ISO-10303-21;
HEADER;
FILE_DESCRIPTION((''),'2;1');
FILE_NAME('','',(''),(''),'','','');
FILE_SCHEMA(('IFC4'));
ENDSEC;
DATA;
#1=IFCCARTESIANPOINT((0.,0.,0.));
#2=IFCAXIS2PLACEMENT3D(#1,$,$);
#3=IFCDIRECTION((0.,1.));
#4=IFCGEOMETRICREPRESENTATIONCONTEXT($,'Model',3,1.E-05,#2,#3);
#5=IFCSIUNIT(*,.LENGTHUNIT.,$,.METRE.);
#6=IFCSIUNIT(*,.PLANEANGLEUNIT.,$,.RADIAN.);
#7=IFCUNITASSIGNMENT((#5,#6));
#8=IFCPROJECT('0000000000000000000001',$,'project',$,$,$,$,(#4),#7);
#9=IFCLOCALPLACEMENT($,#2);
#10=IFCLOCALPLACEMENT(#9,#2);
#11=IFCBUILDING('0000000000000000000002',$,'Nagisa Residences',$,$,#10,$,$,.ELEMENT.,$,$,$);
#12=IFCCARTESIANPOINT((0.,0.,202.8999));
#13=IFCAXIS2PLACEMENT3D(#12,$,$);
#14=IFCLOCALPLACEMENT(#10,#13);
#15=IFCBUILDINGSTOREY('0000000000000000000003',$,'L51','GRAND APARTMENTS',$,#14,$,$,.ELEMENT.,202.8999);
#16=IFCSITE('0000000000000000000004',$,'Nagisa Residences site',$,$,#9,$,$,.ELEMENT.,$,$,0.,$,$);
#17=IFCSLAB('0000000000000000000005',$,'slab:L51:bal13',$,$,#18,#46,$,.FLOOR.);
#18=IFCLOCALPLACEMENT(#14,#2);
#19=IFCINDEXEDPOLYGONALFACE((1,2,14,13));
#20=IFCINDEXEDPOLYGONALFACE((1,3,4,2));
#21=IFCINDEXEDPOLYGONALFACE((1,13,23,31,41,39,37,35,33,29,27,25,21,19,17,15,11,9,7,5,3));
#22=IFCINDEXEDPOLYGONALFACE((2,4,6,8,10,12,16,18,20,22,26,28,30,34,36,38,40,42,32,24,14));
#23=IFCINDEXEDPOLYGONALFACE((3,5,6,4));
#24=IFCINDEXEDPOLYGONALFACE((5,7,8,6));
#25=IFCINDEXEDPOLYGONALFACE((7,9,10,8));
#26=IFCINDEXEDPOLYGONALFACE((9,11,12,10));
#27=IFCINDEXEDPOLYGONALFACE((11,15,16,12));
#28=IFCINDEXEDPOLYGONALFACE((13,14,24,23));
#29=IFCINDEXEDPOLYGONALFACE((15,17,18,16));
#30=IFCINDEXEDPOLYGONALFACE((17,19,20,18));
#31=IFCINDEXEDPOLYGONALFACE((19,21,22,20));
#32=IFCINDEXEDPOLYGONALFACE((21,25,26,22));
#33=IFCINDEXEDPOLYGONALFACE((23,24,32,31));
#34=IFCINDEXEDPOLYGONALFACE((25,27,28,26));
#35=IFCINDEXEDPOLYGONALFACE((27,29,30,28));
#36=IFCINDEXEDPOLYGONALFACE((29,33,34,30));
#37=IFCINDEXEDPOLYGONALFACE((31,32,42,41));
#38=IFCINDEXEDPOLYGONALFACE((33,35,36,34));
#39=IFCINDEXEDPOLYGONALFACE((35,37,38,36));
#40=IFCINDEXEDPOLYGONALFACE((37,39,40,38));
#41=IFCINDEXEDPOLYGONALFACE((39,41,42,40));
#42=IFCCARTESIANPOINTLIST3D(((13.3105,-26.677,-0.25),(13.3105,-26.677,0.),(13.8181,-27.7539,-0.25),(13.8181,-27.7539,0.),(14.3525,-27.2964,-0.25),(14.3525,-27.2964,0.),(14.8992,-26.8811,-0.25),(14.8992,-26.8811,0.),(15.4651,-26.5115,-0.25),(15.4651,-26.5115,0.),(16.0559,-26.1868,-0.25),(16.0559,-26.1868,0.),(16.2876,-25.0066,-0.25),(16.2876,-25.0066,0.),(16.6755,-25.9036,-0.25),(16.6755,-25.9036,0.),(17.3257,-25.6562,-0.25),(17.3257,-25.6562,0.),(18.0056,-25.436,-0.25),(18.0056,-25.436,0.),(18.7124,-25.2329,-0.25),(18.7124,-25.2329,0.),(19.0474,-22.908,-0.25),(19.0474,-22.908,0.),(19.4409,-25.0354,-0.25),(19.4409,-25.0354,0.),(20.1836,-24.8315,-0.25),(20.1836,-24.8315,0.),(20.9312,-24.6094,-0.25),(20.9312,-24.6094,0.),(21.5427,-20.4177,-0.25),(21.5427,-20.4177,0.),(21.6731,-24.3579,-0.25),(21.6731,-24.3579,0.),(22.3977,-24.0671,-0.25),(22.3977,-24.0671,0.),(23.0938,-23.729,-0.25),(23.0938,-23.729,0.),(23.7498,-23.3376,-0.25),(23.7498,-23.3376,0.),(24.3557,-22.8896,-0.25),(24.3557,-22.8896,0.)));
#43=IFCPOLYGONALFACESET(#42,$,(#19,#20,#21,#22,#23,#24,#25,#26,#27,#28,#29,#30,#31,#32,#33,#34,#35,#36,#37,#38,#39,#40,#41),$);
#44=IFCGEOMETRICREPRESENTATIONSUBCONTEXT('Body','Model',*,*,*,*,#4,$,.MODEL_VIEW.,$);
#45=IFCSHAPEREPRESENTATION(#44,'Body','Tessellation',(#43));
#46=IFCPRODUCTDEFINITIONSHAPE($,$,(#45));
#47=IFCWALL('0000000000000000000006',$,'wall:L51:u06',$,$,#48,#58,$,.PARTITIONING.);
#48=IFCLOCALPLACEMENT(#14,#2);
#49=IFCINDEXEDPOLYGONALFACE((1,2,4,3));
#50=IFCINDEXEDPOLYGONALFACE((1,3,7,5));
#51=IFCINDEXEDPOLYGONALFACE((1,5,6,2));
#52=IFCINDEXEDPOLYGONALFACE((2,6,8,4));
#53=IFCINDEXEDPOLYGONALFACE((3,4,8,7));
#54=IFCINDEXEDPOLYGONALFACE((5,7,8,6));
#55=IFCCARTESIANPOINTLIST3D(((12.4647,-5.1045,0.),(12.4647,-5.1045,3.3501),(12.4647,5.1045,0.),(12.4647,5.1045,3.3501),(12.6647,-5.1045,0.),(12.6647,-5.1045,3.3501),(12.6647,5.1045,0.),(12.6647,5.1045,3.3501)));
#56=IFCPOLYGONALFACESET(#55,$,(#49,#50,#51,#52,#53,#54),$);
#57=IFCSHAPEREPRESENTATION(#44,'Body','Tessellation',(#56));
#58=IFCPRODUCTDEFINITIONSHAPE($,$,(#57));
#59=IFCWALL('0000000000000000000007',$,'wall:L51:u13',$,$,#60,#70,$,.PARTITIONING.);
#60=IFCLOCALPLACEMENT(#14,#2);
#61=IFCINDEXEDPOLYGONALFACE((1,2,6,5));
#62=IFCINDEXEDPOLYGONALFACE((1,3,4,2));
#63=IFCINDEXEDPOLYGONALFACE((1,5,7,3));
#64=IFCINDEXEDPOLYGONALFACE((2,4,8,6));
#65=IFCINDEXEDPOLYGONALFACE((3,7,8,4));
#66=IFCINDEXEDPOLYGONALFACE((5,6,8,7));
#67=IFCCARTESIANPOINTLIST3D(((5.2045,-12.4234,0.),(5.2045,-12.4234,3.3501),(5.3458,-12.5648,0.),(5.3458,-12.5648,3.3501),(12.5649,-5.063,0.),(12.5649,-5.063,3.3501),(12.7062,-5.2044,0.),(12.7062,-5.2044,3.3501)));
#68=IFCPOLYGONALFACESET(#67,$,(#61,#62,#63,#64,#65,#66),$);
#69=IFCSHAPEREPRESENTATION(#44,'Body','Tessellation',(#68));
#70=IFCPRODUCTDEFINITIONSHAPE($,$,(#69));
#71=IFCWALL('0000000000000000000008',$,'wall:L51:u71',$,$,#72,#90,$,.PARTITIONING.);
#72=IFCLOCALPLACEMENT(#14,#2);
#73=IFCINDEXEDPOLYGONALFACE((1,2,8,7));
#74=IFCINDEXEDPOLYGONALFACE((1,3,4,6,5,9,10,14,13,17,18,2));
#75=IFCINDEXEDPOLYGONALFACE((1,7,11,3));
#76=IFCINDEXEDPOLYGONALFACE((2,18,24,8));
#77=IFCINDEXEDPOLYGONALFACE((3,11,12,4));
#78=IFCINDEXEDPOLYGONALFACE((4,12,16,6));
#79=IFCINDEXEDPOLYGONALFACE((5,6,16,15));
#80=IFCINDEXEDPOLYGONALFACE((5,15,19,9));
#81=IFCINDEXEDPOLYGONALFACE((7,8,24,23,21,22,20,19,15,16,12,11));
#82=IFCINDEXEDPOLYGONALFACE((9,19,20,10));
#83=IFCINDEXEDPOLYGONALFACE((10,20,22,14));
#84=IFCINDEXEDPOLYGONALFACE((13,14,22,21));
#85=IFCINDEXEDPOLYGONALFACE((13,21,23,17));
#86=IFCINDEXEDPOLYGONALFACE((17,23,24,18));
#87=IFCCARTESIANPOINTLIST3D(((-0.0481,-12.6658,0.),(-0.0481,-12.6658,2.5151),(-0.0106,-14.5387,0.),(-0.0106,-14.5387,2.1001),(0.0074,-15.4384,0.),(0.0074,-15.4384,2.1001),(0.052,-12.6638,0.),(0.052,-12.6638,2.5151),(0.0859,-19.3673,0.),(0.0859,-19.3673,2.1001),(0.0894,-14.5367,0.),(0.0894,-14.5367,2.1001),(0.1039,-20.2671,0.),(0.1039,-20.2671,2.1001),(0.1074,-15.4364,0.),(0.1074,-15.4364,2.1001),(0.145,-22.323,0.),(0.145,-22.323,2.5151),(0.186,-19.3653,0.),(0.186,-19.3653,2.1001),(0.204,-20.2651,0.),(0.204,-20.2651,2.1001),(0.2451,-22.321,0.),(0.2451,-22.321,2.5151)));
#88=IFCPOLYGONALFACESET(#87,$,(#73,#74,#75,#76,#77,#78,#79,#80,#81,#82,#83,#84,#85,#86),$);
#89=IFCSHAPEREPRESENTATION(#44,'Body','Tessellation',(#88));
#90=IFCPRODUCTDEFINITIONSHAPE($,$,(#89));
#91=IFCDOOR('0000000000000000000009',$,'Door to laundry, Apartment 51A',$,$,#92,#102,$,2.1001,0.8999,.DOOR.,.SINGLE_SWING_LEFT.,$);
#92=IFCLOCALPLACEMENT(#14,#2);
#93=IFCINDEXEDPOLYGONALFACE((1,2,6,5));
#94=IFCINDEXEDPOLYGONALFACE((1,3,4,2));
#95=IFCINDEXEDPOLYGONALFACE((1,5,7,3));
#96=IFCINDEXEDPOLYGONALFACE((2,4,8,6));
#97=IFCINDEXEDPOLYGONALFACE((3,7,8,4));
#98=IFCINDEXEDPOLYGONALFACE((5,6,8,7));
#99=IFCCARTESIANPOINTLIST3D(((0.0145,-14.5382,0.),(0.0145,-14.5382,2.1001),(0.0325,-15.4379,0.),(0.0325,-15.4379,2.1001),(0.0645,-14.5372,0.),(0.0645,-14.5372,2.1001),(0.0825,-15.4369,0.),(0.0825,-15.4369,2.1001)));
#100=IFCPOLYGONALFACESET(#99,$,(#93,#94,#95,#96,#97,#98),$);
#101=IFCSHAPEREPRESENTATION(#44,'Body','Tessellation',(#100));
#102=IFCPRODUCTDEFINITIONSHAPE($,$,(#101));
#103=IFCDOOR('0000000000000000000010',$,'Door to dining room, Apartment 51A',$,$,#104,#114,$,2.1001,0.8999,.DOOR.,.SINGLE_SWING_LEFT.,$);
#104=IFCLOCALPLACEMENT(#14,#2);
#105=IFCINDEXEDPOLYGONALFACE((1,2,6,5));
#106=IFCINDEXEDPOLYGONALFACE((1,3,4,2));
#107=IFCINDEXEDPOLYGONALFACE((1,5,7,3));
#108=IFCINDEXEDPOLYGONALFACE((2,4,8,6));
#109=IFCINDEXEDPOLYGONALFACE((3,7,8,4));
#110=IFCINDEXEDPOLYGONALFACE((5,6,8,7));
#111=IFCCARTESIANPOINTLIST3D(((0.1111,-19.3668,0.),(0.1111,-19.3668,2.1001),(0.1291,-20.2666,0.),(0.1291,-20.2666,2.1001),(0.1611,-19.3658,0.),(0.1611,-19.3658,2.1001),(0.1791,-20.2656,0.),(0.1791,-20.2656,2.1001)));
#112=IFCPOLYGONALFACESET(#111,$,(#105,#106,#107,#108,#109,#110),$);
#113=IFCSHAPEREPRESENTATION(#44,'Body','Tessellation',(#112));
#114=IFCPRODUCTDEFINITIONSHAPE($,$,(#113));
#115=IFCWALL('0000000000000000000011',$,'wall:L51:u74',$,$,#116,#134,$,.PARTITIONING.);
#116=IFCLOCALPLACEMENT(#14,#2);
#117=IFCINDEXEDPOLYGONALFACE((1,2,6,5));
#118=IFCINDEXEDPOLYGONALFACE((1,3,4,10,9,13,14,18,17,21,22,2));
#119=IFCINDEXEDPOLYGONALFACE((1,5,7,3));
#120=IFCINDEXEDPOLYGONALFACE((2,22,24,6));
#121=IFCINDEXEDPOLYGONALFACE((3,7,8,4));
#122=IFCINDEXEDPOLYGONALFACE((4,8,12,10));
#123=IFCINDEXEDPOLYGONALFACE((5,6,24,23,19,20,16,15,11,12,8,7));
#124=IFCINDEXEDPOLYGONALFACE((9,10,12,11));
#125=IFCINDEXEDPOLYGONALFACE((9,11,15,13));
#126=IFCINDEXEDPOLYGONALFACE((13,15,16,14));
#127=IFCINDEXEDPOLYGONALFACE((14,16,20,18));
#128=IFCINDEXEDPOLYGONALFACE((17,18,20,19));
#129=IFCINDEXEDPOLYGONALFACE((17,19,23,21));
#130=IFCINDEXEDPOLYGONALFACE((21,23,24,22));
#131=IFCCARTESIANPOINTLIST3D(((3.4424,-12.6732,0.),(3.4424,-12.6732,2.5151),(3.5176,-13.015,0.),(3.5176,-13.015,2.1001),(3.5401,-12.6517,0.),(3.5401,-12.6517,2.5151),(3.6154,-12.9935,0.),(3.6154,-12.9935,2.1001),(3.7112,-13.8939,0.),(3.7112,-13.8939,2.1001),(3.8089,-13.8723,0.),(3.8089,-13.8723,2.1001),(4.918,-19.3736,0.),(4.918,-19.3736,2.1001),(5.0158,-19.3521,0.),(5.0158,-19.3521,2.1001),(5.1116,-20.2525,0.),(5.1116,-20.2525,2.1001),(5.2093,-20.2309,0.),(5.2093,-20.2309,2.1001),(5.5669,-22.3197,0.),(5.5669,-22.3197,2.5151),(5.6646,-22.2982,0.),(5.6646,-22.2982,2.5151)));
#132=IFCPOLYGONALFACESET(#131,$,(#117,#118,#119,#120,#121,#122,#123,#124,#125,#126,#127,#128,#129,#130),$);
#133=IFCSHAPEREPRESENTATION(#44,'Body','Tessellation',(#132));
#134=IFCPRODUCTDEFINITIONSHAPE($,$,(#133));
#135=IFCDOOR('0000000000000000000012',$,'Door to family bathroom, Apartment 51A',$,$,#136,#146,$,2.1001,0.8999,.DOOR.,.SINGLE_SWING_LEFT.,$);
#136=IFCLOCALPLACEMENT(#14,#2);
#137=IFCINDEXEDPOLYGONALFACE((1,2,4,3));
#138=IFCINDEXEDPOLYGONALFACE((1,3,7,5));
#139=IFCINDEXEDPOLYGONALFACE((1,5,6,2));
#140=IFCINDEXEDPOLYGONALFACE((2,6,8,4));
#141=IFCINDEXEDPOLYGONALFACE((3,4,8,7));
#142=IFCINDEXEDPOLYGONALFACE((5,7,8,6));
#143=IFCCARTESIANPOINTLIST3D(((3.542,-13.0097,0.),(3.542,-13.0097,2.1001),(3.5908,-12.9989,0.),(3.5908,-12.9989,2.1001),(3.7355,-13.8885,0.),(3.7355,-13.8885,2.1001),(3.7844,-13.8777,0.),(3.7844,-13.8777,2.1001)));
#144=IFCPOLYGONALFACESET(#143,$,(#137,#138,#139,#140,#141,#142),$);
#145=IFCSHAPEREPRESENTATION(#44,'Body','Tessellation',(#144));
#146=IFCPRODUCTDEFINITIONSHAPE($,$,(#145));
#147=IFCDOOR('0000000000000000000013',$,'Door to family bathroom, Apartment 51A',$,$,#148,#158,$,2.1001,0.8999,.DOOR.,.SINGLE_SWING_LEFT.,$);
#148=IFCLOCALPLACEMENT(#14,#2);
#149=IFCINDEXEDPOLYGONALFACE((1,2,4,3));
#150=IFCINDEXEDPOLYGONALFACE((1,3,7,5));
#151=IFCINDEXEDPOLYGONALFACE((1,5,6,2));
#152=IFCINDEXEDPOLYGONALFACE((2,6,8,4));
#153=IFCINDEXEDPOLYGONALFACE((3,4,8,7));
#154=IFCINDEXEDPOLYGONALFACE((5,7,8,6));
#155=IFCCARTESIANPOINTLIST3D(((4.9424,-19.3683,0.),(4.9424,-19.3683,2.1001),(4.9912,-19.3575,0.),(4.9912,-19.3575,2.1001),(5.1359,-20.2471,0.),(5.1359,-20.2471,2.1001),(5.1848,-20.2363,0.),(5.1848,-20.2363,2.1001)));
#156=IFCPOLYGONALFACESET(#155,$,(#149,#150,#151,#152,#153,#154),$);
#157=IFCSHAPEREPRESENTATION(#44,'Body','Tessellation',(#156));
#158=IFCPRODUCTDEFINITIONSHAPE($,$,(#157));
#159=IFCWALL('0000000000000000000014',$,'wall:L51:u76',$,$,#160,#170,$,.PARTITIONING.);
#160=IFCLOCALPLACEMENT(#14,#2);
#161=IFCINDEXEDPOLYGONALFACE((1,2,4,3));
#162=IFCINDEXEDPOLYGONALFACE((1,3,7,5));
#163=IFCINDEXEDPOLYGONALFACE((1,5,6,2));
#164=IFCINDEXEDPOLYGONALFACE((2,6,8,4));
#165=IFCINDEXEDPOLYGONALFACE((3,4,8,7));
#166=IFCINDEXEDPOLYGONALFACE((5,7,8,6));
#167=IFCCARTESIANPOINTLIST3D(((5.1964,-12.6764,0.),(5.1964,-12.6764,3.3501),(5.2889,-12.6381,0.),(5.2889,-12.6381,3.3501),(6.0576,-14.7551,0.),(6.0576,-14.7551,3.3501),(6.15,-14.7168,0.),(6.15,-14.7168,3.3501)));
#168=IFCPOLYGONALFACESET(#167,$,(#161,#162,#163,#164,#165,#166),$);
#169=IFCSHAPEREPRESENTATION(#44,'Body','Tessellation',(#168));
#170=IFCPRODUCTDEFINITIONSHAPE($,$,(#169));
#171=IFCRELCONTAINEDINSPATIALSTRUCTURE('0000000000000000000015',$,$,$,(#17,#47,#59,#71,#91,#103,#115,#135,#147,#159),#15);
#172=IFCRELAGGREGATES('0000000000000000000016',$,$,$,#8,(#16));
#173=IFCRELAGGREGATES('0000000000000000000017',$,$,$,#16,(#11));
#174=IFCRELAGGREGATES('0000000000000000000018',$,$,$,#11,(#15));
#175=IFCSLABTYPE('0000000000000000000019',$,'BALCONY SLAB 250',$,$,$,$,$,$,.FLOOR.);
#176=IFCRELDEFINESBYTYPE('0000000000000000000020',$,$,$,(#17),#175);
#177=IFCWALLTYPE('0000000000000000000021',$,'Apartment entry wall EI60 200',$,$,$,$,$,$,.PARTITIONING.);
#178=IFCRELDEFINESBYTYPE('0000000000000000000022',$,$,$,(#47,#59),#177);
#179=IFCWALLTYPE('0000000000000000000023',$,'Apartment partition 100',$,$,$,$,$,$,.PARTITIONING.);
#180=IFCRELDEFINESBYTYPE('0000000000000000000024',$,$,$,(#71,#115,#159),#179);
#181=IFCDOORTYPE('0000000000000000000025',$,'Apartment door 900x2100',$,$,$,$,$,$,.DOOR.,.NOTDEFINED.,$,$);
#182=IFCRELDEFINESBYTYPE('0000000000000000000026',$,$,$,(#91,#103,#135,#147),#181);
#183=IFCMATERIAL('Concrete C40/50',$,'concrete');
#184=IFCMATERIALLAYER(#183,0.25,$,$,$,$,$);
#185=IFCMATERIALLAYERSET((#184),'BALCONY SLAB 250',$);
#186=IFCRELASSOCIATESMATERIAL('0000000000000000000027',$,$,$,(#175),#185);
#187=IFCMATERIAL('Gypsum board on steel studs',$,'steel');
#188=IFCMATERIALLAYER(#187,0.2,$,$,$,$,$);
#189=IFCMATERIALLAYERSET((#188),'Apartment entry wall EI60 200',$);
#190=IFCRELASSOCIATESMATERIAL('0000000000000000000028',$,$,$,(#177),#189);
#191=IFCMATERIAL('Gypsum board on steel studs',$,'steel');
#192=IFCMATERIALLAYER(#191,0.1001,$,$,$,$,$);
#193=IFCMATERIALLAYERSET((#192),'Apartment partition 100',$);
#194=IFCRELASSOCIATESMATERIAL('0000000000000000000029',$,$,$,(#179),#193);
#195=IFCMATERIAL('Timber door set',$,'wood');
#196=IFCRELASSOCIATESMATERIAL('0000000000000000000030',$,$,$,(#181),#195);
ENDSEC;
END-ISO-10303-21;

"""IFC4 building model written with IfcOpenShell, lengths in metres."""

from ifc_helpers import new_model, si_unit, direction, frame, frame_2d, origin, place, context, subcontext, project, spatial, polyline, rectangle, outline, extrude, material, layer, layer_set, type_object, element, fill, save


model = new_model("IFC4")

# Units and contexts
model_context = context("Model", 3, precision=1e-05, world=origin(), true_north=direction((0.0, 1.0)))
body_context = subcontext(model_context, "Body", "Model", "MODEL_VIEW")
ifc_project = project(units=[si_unit("LENGTHUNIT", "METRE"), si_unit("PLANEANGLEUNIT", "RADIAN")], contexts=[model_context])

# Site, building, storey
site_placement = place(None, origin())
site = spatial("IfcSite", under=ifc_project, at=site_placement, Name="Nagisa Residences site", CompositionType="ELEMENT", RefElevation=0.0)
building_placement = place(site_placement, origin())
building = spatial("IfcBuilding", under=site, at=building_placement, Name="Nagisa Residences", CompositionType="ELEMENT")
storey_placement = place(building_placement, frame((0.0, 0.0, 202.8999)))
storey = spatial("IfcBuildingStorey", under=building, at=storey_placement, Name="L51", Description="GRAND APARTMENTS", CompositionType="ELEMENT", Elevation=202.8999)

# Slab
ifc_material_1 = material(Name="Concrete C40/50", Category="concrete")
ifc_layer_1 = layer(ifc_material_1, 0.25)
ifc_layer_set_1 = layer_set([ifc_layer_1], Name="BALCONY SLAB 250")
slab_type = type_object("IfcSlabType", Name="BALCONY SLAB 250", PredefinedType="FLOOR", material=ifc_layer_set_1)
slab_1_placement = place(storey_placement, frame((0.0, 0.0, -0.25)))
element("IfcSlab", 1, at=slab_1_placement, inside=storey, type_object=slab_type, Name="slab:L51:bal13", PredefinedType="FLOOR", context=body_context, shape_type="SweptSolid", body=[
    extrude(outline(polyline([(13.8181, -27.7539), (14.3525, -27.2964), (14.8992, -26.8811), (15.4651, -26.5115), (16.0559, -26.1868), (16.6755, -25.9036), (17.3257, -25.6562), (18.0056, -25.436), (18.7124, -25.2329), (19.4409, -25.0354), (20.1836, -24.8315), (20.9312, -24.6094), (21.6731, -24.3579), (22.3977, -24.0671), (23.0938, -23.729), (23.7498, -23.3376), (24.3557, -22.8896), (21.5427, -20.4177), (19.0474, -22.908), (16.2876, -25.0066), (13.3105, -26.677), (13.8181, -27.7539)])), origin(), (0.0, 0.0, 1.0), 0.25),
])

# Walls
ifc_material_2 = material(Name="Gypsum board on steel studs", Category="steel")
ifc_layer_2 = layer(ifc_material_2, 0.2)
ifc_layer_set_2 = layer_set([ifc_layer_2], Name="Apartment entry wall EI60 200")
wall_type_1 = type_object("IfcWallType", Name="Apartment entry wall EI60 200", PredefinedType="PARTITIONING", material=ifc_layer_set_2)
wall_1_placement = place(storey_placement, frame((12.5647, -5.1045, 0.0), z_axis=(0.0, 0.0, 1.0), x_axis=(0.0, 1.0, 0.0)))
element("IfcWall", 2, at=wall_1_placement, inside=storey, type_object=wall_type_1, Name="wall:L51:u06", PredefinedType="PARTITIONING", context=body_context, shape_type="SweptSolid", body=[
    extrude(rectangle(XDim=10.209, YDim=0.2, at=frame_2d((5.1045, 0.0))), origin(), (0.0, 0.0, 1.0), 3.3501),
])
wall_2_placement = place(storey_placement, frame((5.2751, -12.4941, 0.0), z_axis=(0.0, 0.0, 1.0), x_axis=(0.707107, 0.707107, 0.0)))
element("IfcWall", 3, at=wall_2_placement, inside=storey, type_object=wall_type_1, Name="wall:L51:u13", PredefinedType="PARTITIONING", context=body_context, shape_type="SweptSolid", body=[
    extrude(rectangle(XDim=10.4092, YDim=0.2, at=frame_2d((5.2046, 0.0))), origin(), (0.0, 0.0, 1.0), 3.3501),
])

# Walls, openings, doors
ifc_material_3 = material(Name="Gypsum board on steel studs", Category="steel")
ifc_layer_3 = layer(ifc_material_3, 0.1001)
ifc_layer_set_3 = layer_set([ifc_layer_3], Name="Apartment partition 100")
wall_type_2 = type_object("IfcWallType", Name="Apartment partition 100", PredefinedType="PARTITIONING", material=ifc_layer_set_3)
wall_3_placement = place(storey_placement, frame((0.002, -12.6648, 0.0), z_axis=(0.0, 0.0, 1.0), x_axis=(0.019993, -0.9998, 0.0)))
wall_3 = element("IfcWall", 4, at=wall_3_placement, inside=storey, type_object=wall_type_2, Name="wall:L51:u71", PredefinedType="PARTITIONING", context=body_context, shape_type="SweptSolid", body=[
    extrude(rectangle(XDim=9.6592, YDim=0.1001, at=frame_2d((4.8296, 0.0))), origin(), (0.0, 0.0, 1.0), 2.5151),
])
opening_1_placement = place(wall_3_placement, frame((1.8733, 0.0, 0.0)))
opening_1 = element("IfcOpeningElement", 5, at=opening_1_placement, cuts=wall_3, PredefinedType="OPENING", context=body_context, shape_type="SweptSolid", body=[
    extrude(rectangle(XDim=0.8999, YDim=2.1001, at=frame_2d((0.45, 1.05))), frame((0.0, 0.0601, 0.0), z_axis=(0.0, -1.0, 0.0), x_axis=(1.0, 0.0, 0.0)), (0.0, 0.0, 1.0), 0.1201),
])
opening_2_placement = place(wall_3_placement, frame((6.7029, 0.0, 0.0)))
opening_2 = element("IfcOpeningElement", 6, at=opening_2_placement, cuts=wall_3, PredefinedType="OPENING", context=body_context, shape_type="SweptSolid", body=[
    extrude(rectangle(XDim=0.8999, YDim=2.1001, at=frame_2d((0.45, 1.05))), frame((0.0, 0.0601, 0.0), z_axis=(0.0, -1.0, 0.0), x_axis=(1.0, 0.0, 0.0)), (0.0, 0.0, 1.0), 0.1201),
])
ifc_material_4 = material(Name="Timber door set", Category="wood")
door_type_1 = type_object("IfcDoorType", Name="Apartment door 900x2100", OperationType="NOTDEFINED", PredefinedType="DOOR", material=ifc_material_4)
door_1_placement = place(opening_1_placement, frame((0.8999, 0.0, 0.0), x_axis=(-1.0, 0.0, 0.0)))
door_1 = element("IfcDoor", 7, at=door_1_placement, inside=storey, type_object=door_type_1, Name="Door to laundry, Apartment 51A", OperationType="SINGLE_SWING_LEFT", OverallHeight=2.1001, OverallWidth=0.8999, PredefinedType="DOOR", context=body_context, shape_type="SweptSolid", body=[
    extrude(rectangle(XDim=0.8999, YDim=2.1001, at=frame_2d((0.45, 1.05))), frame((0.0, 0.0249, 0.0), z_axis=(0.0, -1.0, 0.0), x_axis=(1.0, 0.0, 0.0)), (0.0, 0.0, 1.0), 0.05),
])
fill(opening_1, door_1)
door_2_placement = place(opening_2_placement, frame((0.8999, 0.0, 0.0), x_axis=(-1.0, 0.0, 0.0)))
door_2 = element("IfcDoor", 8, at=door_2_placement, inside=storey, type_object=door_type_1, Name="Door to dining room, Apartment 51A", OperationType="SINGLE_SWING_LEFT", OverallHeight=2.1001, OverallWidth=0.8999, PredefinedType="DOOR", context=body_context, shape_type="SweptSolid", body=[
    extrude(rectangle(XDim=0.8999, YDim=2.1001, at=frame_2d((0.45, 1.05))), frame((0.0, 0.0249, 0.0), z_axis=(0.0, -1.0, 0.0), x_axis=(1.0, 0.0, 0.0)), (0.0, 0.0, 1.0), 0.05),
])
fill(opening_2, door_2)
wall_4_placement = place(storey_placement, frame((3.4912, -12.6624, 0.0), z_axis=(0.0, 0.0, 1.0), x_axis=(0.215082, -0.976596, 0.0)))
wall_4 = element("IfcWall", 9, at=wall_4_placement, inside=storey, type_object=wall_type_2, Name="wall:L51:u74", PredefinedType="PARTITIONING", context=body_context, shape_type="SweptSolid", body=[
    extrude(rectangle(XDim=9.8777, YDim=0.1001, at=frame_2d((4.939, 0.0))), origin(), (0.0, 0.0, 1.0), 2.5151),
])
opening_3_placement = place(wall_4_placement, frame((0.3501, 0.0, 0.0)))
opening_3 = element("IfcOpeningElement", 10, at=opening_3_placement, cuts=wall_4, PredefinedType="OPENING", context=body_context, shape_type="SweptSolid", body=[
    extrude(rectangle(XDim=0.8999, YDim=2.1001, at=frame_2d((0.45, 1.05))), frame((0.0, 0.0601, 0.0), z_axis=(0.0, -1.0, 0.0), x_axis=(1.0, 0.0, 0.0)), (0.0, 0.0, 1.0), 0.1201),
])
opening_4_placement = place(wall_4_placement, frame((6.8611, 0.0, 0.0)))
opening_4 = element("IfcOpeningElement", 11, at=opening_4_placement, cuts=wall_4, PredefinedType="OPENING", context=body_context, shape_type="SweptSolid", body=[
    extrude(rectangle(XDim=0.8999, YDim=2.1001, at=frame_2d((0.45, 1.05))), frame((0.0, 0.0601, 0.0), z_axis=(0.0, -1.0, 0.0), x_axis=(1.0, 0.0, 0.0)), (0.0, 0.0, 1.0), 0.1201),
])
door_3_placement = place(opening_3_placement, origin())
door_3 = element("IfcDoor", 12, at=door_3_placement, inside=storey, type_object=door_type_1, Name="Door to family bathroom, Apartment 51A", OperationType="SINGLE_SWING_LEFT", OverallHeight=2.1001, OverallWidth=0.8999, PredefinedType="DOOR", context=body_context, shape_type="SweptSolid", body=[
    extrude(rectangle(XDim=0.8999, YDim=2.1001, at=frame_2d((0.45, 1.05))), frame((0.0, 0.0249, 0.0), z_axis=(0.0, -1.0, 0.0), x_axis=(1.0, 0.0, 0.0)), (0.0, 0.0, 1.0), 0.05),
])
fill(opening_3, door_3)
door_4_placement = place(opening_4_placement, origin())
door_4 = element("IfcDoor", 13, at=door_4_placement, inside=storey, type_object=door_type_1, Name="Door to family bathroom, Apartment 51A", OperationType="SINGLE_SWING_LEFT", OverallHeight=2.1001, OverallWidth=0.8999, PredefinedType="DOOR", context=body_context, shape_type="SweptSolid", body=[
    extrude(rectangle(XDim=0.8999, YDim=2.1001, at=frame_2d((0.45, 1.05))), frame((0.0, 0.0249, 0.0), z_axis=(0.0, -1.0, 0.0), x_axis=(1.0, 0.0, 0.0)), (0.0, 0.0, 1.0), 0.05),
])
fill(opening_4, door_4)

# Wall
wall_5_placement = place(storey_placement, frame((5.2427, -12.6572, 0.0), z_axis=(0.0, 0.0, 1.0), x_axis=(0.382719, -0.923865, 0.0)))
element("IfcWall", 14, at=wall_5_placement, inside=storey, type_object=wall_type_2, Name="wall:L51:u76", PredefinedType="PARTITIONING", context=body_context, shape_type="SweptSolid", body=[
    extrude(rectangle(XDim=2.25, YDim=0.1001, at=frame_2d((1.125, 0.0))), origin(), (0.0, 0.0, 1.0), 3.3501),
])

save(model, "model.ifc")
